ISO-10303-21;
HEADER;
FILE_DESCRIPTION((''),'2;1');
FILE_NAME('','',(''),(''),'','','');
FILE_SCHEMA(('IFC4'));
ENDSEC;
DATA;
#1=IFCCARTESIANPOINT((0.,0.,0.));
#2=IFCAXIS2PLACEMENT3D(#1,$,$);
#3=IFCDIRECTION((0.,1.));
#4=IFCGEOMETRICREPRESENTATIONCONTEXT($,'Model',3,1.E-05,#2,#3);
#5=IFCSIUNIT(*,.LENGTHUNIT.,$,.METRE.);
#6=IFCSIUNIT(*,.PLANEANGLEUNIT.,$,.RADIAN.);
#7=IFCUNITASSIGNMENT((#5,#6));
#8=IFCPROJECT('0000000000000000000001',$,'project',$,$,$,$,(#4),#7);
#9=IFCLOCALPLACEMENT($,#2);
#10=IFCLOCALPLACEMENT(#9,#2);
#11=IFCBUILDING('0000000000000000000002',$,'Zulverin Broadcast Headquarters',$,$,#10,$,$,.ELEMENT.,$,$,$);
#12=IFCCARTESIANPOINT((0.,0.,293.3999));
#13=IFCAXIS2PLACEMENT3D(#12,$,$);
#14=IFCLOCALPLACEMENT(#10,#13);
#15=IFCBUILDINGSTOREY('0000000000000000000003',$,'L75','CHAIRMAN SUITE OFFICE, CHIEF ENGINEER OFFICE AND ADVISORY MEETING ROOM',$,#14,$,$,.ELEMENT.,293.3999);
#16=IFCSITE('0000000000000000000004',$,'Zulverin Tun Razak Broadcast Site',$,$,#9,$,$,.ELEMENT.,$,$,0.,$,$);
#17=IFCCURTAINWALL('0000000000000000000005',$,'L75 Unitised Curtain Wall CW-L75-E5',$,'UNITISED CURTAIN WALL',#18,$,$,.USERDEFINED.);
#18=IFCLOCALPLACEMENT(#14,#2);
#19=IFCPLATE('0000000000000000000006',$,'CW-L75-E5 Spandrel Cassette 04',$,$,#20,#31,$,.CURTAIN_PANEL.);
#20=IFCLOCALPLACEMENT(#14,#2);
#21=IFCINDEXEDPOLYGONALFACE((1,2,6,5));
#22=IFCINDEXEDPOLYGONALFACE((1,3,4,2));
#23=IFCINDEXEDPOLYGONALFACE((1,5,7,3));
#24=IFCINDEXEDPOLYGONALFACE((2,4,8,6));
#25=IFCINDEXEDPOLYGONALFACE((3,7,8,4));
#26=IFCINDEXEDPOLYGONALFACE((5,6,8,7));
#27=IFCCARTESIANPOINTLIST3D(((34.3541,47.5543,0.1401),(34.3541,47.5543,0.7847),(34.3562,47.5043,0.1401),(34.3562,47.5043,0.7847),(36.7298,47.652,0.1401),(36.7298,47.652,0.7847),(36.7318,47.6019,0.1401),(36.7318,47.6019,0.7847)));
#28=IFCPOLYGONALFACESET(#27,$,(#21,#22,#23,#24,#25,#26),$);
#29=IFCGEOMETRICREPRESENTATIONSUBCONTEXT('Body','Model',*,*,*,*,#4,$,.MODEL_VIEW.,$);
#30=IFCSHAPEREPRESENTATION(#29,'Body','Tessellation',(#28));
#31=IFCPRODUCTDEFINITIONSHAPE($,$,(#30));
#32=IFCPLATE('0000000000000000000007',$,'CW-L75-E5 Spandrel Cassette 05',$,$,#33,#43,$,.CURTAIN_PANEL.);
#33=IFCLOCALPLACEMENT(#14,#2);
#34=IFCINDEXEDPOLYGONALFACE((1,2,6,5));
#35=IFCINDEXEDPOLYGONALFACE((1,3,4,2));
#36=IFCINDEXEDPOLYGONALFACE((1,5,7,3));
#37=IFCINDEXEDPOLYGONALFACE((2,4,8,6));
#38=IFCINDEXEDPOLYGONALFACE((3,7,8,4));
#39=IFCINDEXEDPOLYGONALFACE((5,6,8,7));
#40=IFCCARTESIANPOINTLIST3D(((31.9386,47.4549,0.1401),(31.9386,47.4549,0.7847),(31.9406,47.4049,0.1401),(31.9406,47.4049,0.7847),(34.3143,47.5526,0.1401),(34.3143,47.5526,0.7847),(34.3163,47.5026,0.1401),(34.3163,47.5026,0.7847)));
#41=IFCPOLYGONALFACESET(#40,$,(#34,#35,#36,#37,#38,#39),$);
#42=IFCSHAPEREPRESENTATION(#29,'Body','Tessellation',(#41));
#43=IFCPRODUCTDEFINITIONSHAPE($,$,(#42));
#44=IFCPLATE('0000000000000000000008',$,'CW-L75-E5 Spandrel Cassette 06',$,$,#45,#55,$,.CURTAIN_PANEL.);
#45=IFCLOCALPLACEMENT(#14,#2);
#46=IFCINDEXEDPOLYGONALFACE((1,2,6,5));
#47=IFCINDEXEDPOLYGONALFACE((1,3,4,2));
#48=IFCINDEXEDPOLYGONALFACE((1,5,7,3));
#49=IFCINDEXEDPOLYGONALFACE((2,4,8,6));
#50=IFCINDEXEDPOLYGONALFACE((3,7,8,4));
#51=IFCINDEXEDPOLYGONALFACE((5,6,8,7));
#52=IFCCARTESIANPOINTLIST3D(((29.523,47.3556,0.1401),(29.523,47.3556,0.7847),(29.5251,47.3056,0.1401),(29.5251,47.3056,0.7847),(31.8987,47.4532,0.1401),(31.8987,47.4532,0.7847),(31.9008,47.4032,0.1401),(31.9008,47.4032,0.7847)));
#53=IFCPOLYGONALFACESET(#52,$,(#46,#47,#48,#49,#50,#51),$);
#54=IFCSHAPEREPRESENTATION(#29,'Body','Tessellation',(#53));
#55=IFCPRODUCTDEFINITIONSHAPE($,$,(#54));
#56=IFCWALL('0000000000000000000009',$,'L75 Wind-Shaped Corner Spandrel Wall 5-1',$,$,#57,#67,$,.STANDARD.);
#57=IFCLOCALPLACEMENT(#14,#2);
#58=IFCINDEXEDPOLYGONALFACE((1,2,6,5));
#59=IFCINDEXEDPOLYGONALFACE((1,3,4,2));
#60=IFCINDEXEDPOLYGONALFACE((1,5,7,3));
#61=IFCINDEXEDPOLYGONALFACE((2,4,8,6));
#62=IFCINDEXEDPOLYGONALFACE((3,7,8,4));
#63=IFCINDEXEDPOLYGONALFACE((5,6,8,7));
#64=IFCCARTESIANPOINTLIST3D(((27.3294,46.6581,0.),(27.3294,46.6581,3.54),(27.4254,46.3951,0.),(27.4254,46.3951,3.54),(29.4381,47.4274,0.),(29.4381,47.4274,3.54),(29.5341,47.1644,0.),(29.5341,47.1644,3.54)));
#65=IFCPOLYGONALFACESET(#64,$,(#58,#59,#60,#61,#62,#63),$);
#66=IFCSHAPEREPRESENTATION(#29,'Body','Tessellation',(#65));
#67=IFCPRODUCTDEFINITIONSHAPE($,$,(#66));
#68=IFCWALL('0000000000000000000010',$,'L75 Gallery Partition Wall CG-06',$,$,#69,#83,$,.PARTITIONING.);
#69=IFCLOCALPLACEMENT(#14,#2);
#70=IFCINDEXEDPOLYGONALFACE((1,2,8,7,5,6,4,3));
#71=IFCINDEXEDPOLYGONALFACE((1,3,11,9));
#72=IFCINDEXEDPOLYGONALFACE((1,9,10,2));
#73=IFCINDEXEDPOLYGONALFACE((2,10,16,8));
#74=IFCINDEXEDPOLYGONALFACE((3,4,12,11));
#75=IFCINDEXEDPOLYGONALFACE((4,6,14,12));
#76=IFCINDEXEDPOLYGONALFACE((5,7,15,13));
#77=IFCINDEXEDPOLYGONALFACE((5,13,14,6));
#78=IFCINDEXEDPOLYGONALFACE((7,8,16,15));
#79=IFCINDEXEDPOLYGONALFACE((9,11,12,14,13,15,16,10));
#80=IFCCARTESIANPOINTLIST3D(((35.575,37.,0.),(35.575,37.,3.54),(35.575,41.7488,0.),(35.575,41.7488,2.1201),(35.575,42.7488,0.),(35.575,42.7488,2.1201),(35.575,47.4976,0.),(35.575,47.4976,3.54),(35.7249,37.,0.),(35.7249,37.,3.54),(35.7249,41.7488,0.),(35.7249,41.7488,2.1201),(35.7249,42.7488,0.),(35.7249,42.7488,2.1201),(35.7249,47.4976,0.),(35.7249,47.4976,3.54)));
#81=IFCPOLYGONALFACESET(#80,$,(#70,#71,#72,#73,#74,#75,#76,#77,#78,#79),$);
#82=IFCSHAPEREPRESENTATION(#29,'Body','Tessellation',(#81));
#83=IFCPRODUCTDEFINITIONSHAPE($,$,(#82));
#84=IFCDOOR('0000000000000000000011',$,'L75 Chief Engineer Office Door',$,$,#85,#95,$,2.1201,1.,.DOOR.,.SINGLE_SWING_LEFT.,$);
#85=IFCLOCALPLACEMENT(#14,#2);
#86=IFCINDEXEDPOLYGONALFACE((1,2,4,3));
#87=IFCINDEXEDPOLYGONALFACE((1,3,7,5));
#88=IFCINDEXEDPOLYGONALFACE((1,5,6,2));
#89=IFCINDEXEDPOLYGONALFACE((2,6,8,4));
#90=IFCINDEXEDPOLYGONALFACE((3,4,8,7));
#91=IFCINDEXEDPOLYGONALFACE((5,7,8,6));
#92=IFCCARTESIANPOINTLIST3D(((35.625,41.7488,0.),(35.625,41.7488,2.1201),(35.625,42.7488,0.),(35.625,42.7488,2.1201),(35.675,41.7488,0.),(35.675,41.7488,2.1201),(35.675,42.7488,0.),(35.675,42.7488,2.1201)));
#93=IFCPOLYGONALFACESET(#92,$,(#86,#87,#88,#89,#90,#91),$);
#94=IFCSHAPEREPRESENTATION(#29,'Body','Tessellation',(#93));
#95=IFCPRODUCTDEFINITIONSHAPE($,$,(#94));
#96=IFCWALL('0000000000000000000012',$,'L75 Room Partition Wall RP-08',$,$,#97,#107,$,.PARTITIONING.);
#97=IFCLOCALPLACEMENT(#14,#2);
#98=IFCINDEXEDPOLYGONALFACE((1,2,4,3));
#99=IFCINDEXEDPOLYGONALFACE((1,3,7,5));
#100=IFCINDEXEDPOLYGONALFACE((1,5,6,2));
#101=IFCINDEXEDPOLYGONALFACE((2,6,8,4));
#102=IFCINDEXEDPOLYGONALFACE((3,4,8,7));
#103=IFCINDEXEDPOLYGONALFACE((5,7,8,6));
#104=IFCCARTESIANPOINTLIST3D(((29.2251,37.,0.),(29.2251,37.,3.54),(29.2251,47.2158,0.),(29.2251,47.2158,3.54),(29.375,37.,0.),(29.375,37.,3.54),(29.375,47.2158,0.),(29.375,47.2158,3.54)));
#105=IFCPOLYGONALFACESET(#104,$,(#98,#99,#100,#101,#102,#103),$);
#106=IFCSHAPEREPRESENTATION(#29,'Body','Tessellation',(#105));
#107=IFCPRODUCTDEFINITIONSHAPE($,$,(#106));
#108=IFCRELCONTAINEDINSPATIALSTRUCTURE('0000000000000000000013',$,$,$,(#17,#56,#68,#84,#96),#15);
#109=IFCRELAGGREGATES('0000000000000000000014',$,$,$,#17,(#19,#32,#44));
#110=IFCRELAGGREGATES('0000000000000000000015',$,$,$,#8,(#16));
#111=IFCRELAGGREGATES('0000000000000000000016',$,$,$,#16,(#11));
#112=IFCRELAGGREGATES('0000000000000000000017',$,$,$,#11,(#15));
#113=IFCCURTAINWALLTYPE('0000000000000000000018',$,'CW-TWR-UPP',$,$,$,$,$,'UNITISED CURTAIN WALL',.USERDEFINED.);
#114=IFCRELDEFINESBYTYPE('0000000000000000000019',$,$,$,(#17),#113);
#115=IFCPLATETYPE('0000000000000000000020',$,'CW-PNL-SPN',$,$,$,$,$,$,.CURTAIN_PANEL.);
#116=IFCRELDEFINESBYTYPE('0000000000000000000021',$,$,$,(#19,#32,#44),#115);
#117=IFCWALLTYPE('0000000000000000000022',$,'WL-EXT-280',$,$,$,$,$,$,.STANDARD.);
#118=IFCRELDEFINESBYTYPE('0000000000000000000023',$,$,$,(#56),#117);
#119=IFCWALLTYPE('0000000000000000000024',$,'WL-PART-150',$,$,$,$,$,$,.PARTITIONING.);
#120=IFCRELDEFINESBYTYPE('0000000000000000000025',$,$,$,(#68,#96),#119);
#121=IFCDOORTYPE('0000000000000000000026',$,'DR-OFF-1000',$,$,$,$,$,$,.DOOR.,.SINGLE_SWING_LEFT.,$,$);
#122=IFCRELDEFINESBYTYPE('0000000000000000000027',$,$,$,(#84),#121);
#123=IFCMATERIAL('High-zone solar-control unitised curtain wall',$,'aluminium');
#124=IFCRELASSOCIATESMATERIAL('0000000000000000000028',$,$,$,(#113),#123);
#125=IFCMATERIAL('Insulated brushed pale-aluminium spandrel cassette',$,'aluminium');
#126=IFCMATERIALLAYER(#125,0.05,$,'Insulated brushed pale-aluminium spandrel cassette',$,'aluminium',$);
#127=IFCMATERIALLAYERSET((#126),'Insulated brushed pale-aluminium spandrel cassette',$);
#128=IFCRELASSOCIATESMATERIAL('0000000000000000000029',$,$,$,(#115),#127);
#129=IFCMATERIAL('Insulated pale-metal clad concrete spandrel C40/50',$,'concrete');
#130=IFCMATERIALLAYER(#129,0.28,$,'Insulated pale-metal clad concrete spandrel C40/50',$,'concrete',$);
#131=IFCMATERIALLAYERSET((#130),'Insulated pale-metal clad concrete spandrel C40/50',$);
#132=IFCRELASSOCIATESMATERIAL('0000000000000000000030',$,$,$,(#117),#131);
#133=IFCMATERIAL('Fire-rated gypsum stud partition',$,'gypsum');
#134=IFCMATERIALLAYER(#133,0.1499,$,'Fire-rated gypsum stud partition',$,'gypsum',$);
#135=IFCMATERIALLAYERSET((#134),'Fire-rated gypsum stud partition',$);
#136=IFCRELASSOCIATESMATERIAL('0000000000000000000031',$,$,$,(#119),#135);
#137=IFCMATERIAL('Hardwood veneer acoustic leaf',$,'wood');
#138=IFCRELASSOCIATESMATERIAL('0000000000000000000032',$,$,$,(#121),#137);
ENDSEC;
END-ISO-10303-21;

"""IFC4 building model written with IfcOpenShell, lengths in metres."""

from ifc_helpers import new_model, si_unit, direction, frame, frame_2d, origin, origin_2d, place, context, subcontext, project, spatial, rectangle, extrude, material, layer, layer_set, type_object, element, fill, aggregate, save


model = new_model("IFC4")

# Units and contexts
model_context = context("Model", 3, precision=1e-05, world=origin(), true_north=direction((0.0, 1.0)))
body_context = subcontext(model_context, "Body", "Model", "MODEL_VIEW")
ifc_project = project(units=[si_unit("LENGTHUNIT", "METRE"), si_unit("PLANEANGLEUNIT", "RADIAN")], contexts=[model_context])

# Site, building, storey
site_placement = place(None, origin())
site = spatial("IfcSite", under=ifc_project, at=site_placement, Name="Zulverin Tun Razak Broadcast Site", CompositionType="ELEMENT", RefElevation=0.0)
building_placement = place(site_placement, origin())
building = spatial("IfcBuilding", under=site, at=building_placement, Name="Zulverin Broadcast Headquarters", CompositionType="ELEMENT")
storey_placement = place(building_placement, frame((0.0, 0.0, 293.3999)))
storey = spatial("IfcBuildingStorey", under=building, at=storey_placement, Name="L75", Description="CHAIRMAN SUITE OFFICE, CHIEF ENGINEER OFFICE AND ADVISORY MEETING ROOM", CompositionType="ELEMENT", Elevation=293.3999)

# Curtain wall, plates
ifc_material_1 = material(Name="High-zone solar-control unitised curtain wall", Category="aluminium")
curtain_wall_type = type_object("IfcCurtainWallType", Name="CW-TWR-UPP", ElementType="UNITISED CURTAIN WALL", PredefinedType="USERDEFINED", material=ifc_material_1)
curtain_wall_placement = place(storey_placement, origin())
curtain_wall = element("IfcCurtainWall", 1, at=curtain_wall_placement, inside=storey, type_object=curtain_wall_type, Name="L75 Unitised Curtain Wall CW-L75-E5", ObjectType="UNITISED CURTAIN WALL", PredefinedType="USERDEFINED")
ifc_material_2 = material(Name="Insulated brushed pale-aluminium spandrel cassette", Category="aluminium")
ifc_layer_1 = layer(ifc_material_2, 0.05, Name="Insulated brushed pale-aluminium spandrel cassette", Category="aluminium")
ifc_layer_set_1 = layer_set([ifc_layer_1], Name="Insulated brushed pale-aluminium spandrel cassette")
plate_type_1 = type_object("IfcPlateType", Name="CW-PNL-SPN", PredefinedType="CURTAIN_PANEL", material=ifc_layer_set_1)
plate_1_placement = place(storey_placement, frame((35.543, 47.5781, 0.1401), z_axis=(0.0, 0.0, 1.0), x_axis=(-0.999156, -0.041068, 0.0)))
plate_1 = element("IfcPlate", 2, at=plate_1_placement, type_object=plate_type_1, Name="CW-L75-E5 Spandrel Cassette 04", PredefinedType="CURTAIN_PANEL", context=body_context, shape_type="SweptSolid", body=[
    extrude(rectangle(XDim=2.3777, YDim=0.05, at=origin_2d()), origin(), (0.0, 0.0, 1.0), 0.6445),
])
plate_2_placement = place(storey_placement, frame((33.1274, 47.4788, 0.1401), z_axis=(0.0, 0.0, 1.0), x_axis=(-0.999156, -0.041068, 0.0)))
plate_2 = element("IfcPlate", 3, at=plate_2_placement, type_object=plate_type_1, Name="CW-L75-E5 Spandrel Cassette 05", PredefinedType="CURTAIN_PANEL", context=body_context, shape_type="SweptSolid", body=[
    extrude(rectangle(XDim=2.3777, YDim=0.05, at=origin_2d()), origin(), (0.0, 0.0, 1.0), 0.6445),
])
plate_3_placement = place(storey_placement, frame((30.7119, 47.3794, 0.1401), z_axis=(0.0, 0.0, 1.0), x_axis=(-0.999156, -0.041068, 0.0)))
plate_3 = element("IfcPlate", 4, at=plate_3_placement, type_object=plate_type_1, Name="CW-L75-E5 Spandrel Cassette 06", PredefinedType="CURTAIN_PANEL", context=body_context, shape_type="SweptSolid", body=[
    extrude(rectangle(XDim=2.3777, YDim=0.05, at=origin_2d()), origin(), (0.0, 0.0, 1.0), 0.6445),
])
aggregate(curtain_wall, [plate_1, plate_2, plate_3])

# Wall
ifc_material_3 = material(Name="Insulated pale-metal clad concrete spandrel C40/50", Category="concrete")
ifc_layer_2 = layer(ifc_material_3, 0.28, Name="Insulated pale-metal clad concrete spandrel C40/50", Category="concrete")
ifc_layer_set_2 = layer_set([ifc_layer_2], Name="Insulated pale-metal clad concrete spandrel C40/50")
wall_type_1 = type_object("IfcWallType", Name="WL-EXT-280", PredefinedType="STANDARD", material=ifc_layer_set_2)
wall_1_placement = place(storey_placement, frame((29.4861, 47.2959, 0.0), z_axis=(0.0, 0.0, 1.0), x_axis=(-0.939434, -0.34273, 0.0)))
element("IfcWall", 5, at=wall_1_placement, inside=storey, type_object=wall_type_1, Name="L75 Wind-Shaped Corner Spandrel Wall 5-1", PredefinedType="STANDARD", context=body_context, shape_type="SweptSolid", body=[
    extrude(rectangle(XDim=2.2446, YDim=0.28, at=frame_2d((1.1223, 0.0))), origin(), (0.0, 0.0, 1.0), 3.54),
])

# Wall, opening, door
ifc_material_4 = material(Name="Fire-rated gypsum stud partition", Category="gypsum")
ifc_layer_3 = layer(ifc_material_4, 0.1499, Name="Fire-rated gypsum stud partition", Category="gypsum")
ifc_layer_set_3 = layer_set([ifc_layer_3], Name="Fire-rated gypsum stud partition")
wall_type_2 = type_object("IfcWallType", Name="WL-PART-150", PredefinedType="PARTITIONING", material=ifc_layer_set_3)
wall_2_placement = place(storey_placement, frame((35.6499, 37.0, 0.0), z_axis=(0.0, 0.0, 1.0), x_axis=(0.0, 1.0, 0.0)))
wall_2 = element("IfcWall", 6, at=wall_2_placement, inside=storey, type_object=wall_type_2, Name="L75 Gallery Partition Wall CG-06", PredefinedType="PARTITIONING", context=body_context, shape_type="SweptSolid", body=[
    extrude(rectangle(XDim=10.4976, YDim=0.1499, at=frame_2d((5.2488, 0.0))), origin(), (0.0, 0.0, 1.0), 3.54),
])
opening_placement = place(wall_2_placement, frame((4.7488, 0.0, 0.0)))
opening = element("IfcOpeningElement", 7, at=opening_placement, cuts=wall_2, PredefinedType="OPENING", context=body_context, shape_type="SweptSolid", body=[
    extrude(rectangle(XDim=1.0, YDim=2.1201, at=frame_2d((0.5, 1.0601))), frame((0.0, 0.085, 0.0), z_axis=(0.0, -1.0, 0.0), x_axis=(1.0, 0.0, 0.0)), (0.0, 0.0, 1.0), 0.1699),
])
ifc_material_5 = material(Name="Hardwood veneer acoustic leaf", Category="wood")
door_type = type_object("IfcDoorType", Name="DR-OFF-1000", OperationType="SINGLE_SWING_LEFT", PredefinedType="DOOR", material=ifc_material_5)
door_placement = place(opening_placement, origin())
door = element("IfcDoor", 8, at=door_placement, inside=storey, type_object=door_type, Name="L75 Chief Engineer Office Door", OperationType="SINGLE_SWING_LEFT", OverallHeight=2.1201, OverallWidth=1.0, PredefinedType="DOOR", context=body_context, shape_type="SweptSolid", body=[
    extrude(rectangle(XDim=1.0, YDim=2.1201, at=frame_2d((0.5, 1.0601))), frame((0.0, 0.0249, 0.0), z_axis=(0.0, -1.0, 0.0), x_axis=(1.0, 0.0, 0.0)), (0.0, 0.0, 1.0), 0.05),
])
fill(opening, door)

# Wall
wall_3_placement = place(storey_placement, frame((29.3, 37.0, 0.0), z_axis=(0.0, 0.0, 1.0), x_axis=(0.0, 1.0, 0.0)))
element("IfcWall", 9, at=wall_3_placement, inside=storey, type_object=wall_type_2, Name="L75 Room Partition Wall RP-08", PredefinedType="PARTITIONING", context=body_context, shape_type="SweptSolid", body=[
    extrude(rectangle(XDim=10.2158, YDim=0.1499, at=frame_2d((5.1079, 0.0))), origin(), (0.0, 0.0, 1.0), 3.54),
])

save(model, "model.ifc")
